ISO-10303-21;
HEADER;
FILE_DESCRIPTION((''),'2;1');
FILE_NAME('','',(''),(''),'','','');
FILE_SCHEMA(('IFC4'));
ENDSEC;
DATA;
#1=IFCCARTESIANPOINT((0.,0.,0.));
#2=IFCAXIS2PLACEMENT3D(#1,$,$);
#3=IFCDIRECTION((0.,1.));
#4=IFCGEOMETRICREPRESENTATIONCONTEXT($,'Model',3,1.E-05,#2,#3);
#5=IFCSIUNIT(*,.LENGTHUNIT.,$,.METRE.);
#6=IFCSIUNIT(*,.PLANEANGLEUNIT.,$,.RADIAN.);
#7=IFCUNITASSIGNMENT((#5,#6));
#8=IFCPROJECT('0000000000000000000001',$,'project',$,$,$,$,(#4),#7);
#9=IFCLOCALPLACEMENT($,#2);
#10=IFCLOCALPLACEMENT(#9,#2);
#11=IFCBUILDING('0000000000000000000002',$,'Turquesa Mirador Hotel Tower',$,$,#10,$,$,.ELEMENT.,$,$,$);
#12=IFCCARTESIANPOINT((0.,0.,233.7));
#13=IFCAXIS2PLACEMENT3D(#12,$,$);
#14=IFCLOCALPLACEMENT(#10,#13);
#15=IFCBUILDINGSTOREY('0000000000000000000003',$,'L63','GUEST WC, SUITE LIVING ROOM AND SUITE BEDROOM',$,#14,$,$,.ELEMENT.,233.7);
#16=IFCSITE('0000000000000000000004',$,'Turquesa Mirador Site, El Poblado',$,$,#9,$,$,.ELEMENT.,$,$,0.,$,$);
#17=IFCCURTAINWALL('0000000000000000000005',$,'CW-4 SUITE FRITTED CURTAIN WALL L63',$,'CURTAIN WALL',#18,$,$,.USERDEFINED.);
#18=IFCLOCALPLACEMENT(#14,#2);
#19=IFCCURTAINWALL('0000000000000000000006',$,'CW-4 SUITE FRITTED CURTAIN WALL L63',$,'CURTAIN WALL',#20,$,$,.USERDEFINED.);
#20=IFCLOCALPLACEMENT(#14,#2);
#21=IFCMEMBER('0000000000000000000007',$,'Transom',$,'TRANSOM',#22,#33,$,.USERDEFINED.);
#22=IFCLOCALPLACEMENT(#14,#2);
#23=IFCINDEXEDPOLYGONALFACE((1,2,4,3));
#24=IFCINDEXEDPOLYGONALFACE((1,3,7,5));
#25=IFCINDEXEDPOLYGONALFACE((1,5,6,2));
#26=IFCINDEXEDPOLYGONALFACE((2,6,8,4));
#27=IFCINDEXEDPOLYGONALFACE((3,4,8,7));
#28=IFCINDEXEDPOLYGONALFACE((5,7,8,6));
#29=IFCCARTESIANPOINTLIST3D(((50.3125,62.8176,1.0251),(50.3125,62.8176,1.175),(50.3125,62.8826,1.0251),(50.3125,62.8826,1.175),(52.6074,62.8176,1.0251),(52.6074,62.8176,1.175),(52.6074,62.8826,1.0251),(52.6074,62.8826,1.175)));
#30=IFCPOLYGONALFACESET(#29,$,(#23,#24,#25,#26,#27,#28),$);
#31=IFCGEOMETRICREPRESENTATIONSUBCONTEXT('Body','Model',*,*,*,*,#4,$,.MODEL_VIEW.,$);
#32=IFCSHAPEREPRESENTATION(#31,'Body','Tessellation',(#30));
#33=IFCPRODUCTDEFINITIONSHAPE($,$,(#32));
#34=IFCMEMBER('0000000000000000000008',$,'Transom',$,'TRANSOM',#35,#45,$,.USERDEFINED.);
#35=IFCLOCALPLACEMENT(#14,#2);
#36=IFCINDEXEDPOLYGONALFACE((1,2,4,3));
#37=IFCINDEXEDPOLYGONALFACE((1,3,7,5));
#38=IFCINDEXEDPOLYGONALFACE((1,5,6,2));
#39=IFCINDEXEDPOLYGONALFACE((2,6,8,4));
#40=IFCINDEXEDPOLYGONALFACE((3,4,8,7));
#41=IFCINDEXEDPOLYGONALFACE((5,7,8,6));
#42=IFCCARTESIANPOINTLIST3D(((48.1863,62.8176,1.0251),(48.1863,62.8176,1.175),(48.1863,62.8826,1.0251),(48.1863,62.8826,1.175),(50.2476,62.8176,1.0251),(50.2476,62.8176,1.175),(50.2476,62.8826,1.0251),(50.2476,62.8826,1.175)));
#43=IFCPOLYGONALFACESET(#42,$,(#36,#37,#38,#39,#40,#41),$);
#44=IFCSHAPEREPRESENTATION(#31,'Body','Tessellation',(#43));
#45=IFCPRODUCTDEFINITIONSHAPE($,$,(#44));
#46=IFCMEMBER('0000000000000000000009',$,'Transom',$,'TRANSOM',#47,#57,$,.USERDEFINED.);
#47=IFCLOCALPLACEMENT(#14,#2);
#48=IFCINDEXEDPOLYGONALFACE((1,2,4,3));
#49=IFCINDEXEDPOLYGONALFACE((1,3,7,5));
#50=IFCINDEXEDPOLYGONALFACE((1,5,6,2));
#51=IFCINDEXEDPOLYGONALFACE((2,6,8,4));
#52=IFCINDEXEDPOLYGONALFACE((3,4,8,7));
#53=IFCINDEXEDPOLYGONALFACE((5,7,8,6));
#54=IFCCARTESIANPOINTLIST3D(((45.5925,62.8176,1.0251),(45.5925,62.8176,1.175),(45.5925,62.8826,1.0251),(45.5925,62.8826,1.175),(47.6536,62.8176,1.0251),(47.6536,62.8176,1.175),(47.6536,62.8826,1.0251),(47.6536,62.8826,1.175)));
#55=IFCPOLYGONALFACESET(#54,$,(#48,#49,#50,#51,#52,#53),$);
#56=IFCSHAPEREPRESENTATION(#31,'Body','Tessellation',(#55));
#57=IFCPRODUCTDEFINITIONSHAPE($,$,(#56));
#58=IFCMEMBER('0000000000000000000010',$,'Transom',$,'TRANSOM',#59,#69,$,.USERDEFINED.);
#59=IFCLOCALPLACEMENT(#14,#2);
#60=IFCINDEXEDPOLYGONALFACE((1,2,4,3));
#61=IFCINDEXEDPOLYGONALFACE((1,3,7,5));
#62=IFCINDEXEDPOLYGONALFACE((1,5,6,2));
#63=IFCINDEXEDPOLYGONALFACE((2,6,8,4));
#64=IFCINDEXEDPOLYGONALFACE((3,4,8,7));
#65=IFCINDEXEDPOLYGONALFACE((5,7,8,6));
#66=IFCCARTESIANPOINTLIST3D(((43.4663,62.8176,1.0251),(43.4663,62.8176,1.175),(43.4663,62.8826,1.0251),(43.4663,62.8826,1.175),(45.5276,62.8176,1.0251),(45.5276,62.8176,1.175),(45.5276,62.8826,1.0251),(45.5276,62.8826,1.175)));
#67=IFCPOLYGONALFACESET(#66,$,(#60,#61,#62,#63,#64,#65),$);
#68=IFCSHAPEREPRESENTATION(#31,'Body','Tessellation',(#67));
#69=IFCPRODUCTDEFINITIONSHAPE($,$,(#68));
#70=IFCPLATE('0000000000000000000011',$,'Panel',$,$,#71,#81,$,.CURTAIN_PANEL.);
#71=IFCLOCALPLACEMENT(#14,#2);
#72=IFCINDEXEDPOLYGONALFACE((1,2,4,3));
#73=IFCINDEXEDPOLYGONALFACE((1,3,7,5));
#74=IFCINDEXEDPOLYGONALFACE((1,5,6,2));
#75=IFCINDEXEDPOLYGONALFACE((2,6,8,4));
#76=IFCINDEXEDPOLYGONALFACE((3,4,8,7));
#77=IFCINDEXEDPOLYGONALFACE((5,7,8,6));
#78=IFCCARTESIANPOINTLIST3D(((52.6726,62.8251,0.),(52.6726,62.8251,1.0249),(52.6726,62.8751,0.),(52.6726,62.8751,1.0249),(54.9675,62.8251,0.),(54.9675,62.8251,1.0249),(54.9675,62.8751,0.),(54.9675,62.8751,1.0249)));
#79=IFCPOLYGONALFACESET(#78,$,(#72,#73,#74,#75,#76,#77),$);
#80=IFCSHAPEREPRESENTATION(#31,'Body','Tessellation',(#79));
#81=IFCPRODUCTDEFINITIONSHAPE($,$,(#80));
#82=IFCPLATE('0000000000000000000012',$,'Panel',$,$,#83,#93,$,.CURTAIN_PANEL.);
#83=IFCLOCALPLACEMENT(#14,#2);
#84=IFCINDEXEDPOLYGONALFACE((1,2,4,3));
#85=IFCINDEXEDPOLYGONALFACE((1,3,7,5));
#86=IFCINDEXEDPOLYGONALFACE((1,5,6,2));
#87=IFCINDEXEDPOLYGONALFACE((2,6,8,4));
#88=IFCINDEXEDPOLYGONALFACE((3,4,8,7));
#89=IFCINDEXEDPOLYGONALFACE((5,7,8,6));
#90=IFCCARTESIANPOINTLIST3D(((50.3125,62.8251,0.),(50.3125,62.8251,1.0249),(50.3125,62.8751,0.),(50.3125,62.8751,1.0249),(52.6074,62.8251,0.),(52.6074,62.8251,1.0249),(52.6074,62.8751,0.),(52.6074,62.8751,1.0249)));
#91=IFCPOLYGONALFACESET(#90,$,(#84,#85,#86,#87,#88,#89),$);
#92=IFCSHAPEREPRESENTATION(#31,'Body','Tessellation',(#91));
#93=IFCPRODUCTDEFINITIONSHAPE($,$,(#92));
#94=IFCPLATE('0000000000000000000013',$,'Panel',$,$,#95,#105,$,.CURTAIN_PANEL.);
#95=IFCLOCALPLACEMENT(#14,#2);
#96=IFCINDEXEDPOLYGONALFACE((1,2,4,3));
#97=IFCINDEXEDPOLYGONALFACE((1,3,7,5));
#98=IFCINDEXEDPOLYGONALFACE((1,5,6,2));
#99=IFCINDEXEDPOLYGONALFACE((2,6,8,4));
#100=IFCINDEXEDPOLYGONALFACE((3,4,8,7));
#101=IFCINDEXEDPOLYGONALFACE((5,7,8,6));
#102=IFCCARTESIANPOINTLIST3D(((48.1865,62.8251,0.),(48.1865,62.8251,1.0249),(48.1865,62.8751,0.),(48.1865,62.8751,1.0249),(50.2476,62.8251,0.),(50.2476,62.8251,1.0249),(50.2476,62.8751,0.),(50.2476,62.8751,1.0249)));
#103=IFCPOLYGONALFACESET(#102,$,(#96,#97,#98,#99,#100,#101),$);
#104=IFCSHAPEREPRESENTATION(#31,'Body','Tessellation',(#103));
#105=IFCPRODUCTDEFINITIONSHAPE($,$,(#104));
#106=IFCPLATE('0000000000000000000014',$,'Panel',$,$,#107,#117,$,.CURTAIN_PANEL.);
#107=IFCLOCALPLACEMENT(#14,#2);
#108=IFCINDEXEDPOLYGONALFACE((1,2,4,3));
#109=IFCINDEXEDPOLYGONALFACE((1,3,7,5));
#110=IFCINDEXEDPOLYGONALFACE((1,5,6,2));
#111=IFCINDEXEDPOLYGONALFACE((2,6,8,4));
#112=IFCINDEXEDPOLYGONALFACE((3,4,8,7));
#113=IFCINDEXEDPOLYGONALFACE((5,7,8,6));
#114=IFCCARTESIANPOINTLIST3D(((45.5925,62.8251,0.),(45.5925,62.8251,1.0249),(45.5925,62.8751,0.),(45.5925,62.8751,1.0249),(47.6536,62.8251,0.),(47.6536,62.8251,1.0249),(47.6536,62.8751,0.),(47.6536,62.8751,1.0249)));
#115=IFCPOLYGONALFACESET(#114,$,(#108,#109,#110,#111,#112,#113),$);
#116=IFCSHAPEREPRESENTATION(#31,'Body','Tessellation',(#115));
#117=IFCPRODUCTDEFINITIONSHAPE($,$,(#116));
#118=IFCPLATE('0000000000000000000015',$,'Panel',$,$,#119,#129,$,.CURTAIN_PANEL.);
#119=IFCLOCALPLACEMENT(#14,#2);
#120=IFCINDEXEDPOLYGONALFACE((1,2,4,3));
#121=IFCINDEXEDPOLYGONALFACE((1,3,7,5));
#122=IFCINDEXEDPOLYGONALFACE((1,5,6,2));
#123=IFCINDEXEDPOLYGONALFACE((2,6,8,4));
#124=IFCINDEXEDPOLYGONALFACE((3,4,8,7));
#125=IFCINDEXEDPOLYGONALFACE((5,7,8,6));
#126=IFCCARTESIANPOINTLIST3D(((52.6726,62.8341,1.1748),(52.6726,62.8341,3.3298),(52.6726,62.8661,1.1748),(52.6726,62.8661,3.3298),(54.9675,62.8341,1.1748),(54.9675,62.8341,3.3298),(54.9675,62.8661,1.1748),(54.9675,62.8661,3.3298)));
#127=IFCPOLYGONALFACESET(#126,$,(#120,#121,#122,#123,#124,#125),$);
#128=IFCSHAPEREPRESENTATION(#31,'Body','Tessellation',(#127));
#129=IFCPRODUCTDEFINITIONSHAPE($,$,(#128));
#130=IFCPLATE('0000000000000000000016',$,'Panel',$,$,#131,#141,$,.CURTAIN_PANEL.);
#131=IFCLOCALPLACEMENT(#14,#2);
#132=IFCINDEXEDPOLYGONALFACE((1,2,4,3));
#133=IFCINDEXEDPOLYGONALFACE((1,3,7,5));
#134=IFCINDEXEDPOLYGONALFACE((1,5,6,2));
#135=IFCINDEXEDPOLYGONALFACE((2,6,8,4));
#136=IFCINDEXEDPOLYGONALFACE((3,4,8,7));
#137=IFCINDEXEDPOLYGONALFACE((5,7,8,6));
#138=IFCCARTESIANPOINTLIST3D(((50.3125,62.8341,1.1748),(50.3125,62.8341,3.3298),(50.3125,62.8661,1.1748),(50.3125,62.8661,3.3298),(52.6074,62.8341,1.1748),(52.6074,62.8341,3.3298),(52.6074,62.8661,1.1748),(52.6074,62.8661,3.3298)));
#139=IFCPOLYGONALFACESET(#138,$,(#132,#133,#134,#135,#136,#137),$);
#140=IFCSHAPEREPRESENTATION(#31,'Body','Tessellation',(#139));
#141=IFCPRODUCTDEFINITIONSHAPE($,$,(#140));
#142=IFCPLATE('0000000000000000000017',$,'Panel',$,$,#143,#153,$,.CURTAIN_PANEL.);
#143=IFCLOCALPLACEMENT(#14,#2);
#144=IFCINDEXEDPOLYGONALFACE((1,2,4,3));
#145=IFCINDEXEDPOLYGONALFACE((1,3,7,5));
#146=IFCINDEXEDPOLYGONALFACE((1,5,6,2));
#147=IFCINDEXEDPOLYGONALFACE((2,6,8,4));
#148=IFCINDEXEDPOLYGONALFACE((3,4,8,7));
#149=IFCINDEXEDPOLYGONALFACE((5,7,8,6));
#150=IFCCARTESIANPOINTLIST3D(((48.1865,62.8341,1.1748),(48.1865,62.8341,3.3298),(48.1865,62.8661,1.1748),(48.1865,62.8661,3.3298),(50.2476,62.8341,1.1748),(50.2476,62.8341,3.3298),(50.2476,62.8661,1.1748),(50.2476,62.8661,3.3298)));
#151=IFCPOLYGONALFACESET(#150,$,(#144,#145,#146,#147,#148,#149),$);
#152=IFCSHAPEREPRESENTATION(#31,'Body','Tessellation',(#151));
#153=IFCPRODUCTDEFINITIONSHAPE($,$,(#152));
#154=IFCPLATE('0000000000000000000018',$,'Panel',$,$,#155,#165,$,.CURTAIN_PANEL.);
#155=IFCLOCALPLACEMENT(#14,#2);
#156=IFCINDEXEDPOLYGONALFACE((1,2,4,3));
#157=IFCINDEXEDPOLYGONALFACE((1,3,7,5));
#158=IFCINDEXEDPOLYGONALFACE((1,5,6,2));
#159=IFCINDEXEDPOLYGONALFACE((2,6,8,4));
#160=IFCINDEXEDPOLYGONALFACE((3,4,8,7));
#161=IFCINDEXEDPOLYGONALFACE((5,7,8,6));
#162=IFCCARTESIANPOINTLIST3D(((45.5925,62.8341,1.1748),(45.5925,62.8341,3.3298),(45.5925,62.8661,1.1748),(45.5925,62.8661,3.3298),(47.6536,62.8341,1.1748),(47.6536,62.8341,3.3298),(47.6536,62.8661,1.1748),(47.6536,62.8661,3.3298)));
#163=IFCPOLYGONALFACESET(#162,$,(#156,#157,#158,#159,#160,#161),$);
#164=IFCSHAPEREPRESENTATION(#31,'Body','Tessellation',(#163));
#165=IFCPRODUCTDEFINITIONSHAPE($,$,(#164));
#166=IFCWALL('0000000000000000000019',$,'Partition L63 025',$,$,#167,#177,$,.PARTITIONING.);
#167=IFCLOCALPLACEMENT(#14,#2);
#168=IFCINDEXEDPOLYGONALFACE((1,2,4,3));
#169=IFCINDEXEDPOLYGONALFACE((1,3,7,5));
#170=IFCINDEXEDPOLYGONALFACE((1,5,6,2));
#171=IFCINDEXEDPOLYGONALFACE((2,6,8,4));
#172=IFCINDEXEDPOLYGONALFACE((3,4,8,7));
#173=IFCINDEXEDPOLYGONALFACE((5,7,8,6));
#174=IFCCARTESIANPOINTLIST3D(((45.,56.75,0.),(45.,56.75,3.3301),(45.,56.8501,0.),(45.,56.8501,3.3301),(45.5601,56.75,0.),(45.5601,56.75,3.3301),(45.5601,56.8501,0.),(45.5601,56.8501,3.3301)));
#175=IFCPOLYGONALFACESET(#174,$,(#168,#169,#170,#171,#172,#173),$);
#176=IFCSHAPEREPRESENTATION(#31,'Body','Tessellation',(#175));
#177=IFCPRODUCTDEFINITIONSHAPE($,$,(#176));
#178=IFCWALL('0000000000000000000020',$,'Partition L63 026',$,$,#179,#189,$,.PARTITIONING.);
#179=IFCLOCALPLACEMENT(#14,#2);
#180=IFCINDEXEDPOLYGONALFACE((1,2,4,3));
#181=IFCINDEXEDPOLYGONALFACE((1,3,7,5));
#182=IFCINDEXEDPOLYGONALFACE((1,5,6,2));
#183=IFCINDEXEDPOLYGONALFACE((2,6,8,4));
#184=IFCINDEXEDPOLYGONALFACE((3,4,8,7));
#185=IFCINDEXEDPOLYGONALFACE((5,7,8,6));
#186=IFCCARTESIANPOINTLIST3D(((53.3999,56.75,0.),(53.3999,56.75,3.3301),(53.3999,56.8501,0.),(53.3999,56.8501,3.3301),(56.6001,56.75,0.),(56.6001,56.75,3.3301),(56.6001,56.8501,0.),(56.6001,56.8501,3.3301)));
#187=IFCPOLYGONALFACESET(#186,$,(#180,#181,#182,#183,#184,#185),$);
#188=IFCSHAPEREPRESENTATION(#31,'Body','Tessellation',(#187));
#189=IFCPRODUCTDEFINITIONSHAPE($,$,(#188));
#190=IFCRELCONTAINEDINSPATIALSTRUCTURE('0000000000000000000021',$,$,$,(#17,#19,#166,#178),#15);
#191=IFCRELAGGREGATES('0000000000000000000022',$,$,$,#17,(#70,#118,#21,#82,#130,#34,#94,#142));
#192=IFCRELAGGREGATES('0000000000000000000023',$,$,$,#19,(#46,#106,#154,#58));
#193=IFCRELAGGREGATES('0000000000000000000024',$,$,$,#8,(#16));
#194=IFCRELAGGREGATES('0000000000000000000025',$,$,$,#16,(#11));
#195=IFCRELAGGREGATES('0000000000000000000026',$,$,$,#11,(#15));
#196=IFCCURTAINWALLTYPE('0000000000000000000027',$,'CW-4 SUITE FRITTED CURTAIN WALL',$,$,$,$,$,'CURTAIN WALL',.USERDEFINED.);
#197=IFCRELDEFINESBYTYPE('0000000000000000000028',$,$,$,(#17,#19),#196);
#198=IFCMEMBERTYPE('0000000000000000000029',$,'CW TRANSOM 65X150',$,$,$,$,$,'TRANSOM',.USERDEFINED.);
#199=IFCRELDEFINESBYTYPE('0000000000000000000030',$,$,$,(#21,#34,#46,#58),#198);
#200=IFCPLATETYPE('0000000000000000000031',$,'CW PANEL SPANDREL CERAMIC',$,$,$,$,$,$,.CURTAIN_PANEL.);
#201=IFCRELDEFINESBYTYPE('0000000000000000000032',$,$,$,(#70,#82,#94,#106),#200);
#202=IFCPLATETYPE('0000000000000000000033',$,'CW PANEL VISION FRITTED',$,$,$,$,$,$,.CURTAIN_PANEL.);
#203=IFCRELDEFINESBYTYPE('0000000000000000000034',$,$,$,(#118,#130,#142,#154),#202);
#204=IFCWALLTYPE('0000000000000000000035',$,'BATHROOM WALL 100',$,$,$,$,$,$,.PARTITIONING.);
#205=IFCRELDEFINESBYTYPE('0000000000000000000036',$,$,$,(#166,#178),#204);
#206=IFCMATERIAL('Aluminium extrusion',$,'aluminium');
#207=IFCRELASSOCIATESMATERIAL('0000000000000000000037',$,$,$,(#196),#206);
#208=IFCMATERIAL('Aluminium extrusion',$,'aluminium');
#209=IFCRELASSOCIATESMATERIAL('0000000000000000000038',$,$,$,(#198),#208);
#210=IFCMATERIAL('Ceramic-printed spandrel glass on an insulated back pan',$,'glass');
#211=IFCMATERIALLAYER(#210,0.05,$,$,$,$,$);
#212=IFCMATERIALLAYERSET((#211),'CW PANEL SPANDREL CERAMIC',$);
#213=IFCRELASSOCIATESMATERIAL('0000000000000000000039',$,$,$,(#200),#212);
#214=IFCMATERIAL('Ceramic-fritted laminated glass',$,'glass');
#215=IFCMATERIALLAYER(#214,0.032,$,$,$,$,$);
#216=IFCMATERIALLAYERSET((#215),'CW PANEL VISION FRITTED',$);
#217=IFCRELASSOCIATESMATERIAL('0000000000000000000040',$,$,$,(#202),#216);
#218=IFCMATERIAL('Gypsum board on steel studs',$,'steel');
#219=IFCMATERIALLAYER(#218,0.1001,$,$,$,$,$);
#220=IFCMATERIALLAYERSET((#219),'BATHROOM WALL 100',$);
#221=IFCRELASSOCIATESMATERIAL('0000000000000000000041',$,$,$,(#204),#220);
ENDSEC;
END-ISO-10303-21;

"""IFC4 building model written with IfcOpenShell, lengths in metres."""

from ifc_helpers import new_model, si_unit, direction, frame, frame_2d, origin, origin_2d, place, context, subcontext, project, spatial, rectangle, extrude, material, layer, layer_set, material_profile, profile_set, type_object, element, aggregate, save


model = new_model("IFC4")

# Units and contexts
model_context = context("Model", 3, precision=1e-05, world=origin(), true_north=direction((0.0, 1.0)))
body_context = subcontext(model_context, "Body", "Model", "MODEL_VIEW")
ifc_project = project(units=[si_unit("LENGTHUNIT", "METRE"), si_unit("PLANEANGLEUNIT", "RADIAN")], contexts=[model_context])

# Site, building, storey
site_placement = place(None, origin())
site = spatial("IfcSite", under=ifc_project, at=site_placement, Name="Turquesa Mirador Site, El Poblado", CompositionType="ELEMENT", RefElevation=0.0)
building_placement = place(site_placement, origin())
building = spatial("IfcBuilding", under=site, at=building_placement, Name="Turquesa Mirador Hotel Tower", CompositionType="ELEMENT")
storey_placement = place(building_placement, frame((0.0, 0.0, 233.7)))
storey = spatial("IfcBuildingStorey", under=building, at=storey_placement, Name="L63", Description="GUEST WC, SUITE LIVING ROOM AND SUITE BEDROOM", CompositionType="ELEMENT", Elevation=233.7)

# Curtain walls
ifc_material_1 = material(Name="Aluminium extrusion", Category="aluminium")
curtain_wall_type = type_object("IfcCurtainWallType", Name="CW-4 SUITE FRITTED CURTAIN WALL", ElementType="CURTAIN WALL", PredefinedType="USERDEFINED", material=ifc_material_1)
curtain_wall_1_placement = place(storey_placement, origin())
curtain_wall_1 = element("IfcCurtainWall", 1, at=curtain_wall_1_placement, inside=storey, type_object=curtain_wall_type, Name="CW-4 SUITE FRITTED CURTAIN WALL L63", ObjectType="CURTAIN WALL", PredefinedType="USERDEFINED")
curtain_wall_2_placement = place(storey_placement, origin())
curtain_wall_2 = element("IfcCurtainWall", 2, at=curtain_wall_2_placement, inside=storey, type_object=curtain_wall_type, Name="CW-4 SUITE FRITTED CURTAIN WALL L63", ObjectType="CURTAIN WALL", PredefinedType="USERDEFINED")

# Members
ifc_material_2 = material(Name="Aluminium extrusion", Category="aluminium")
ifc_material_profile_1 = material_profile(ifc_material_2, rectangle(XDim=0.0649, YDim=0.1499, at=origin_2d()), Name="TRANSOM 65X150")
ifc_profile_set_1 = profile_set([ifc_material_profile_1], Name="Aluminium extrusion")
member_type_1 = type_object("IfcMemberType", Name="CW TRANSOM 65X150", ElementType="TRANSOM", PredefinedType="USERDEFINED", material=ifc_profile_set_1)
member_1_placement = place(storey_placement, frame((52.6074, 62.8501, 1.1001), z_axis=(-1.0, 0.0, 0.0), x_axis=(0.0, -1.0, 0.0)))
member_1 = element("IfcMember", 3, at=member_1_placement, type_object=member_type_1, Name="Transom", ObjectType="TRANSOM", PredefinedType="USERDEFINED", context=body_context, shape_type="SweptSolid", body=[
    extrude(rectangle(XDim=0.0649, YDim=0.1499, at=origin_2d()), origin(), (0.0, 0.0, 1.0), 2.2949),
])
member_2_placement = place(storey_placement, frame((50.2476, 62.8501, 1.1001), z_axis=(-1.0, 0.0, 0.0), x_axis=(0.0, -1.0, 0.0)))
member_2 = element("IfcMember", 4, at=member_2_placement, type_object=member_type_1, Name="Transom", ObjectType="TRANSOM", PredefinedType="USERDEFINED", context=body_context, shape_type="SweptSolid", body=[
    extrude(rectangle(XDim=0.0649, YDim=0.1499, at=origin_2d()), origin(), (0.0, 0.0, 1.0), 2.0613),
])
member_3_placement = place(storey_placement, frame((47.6536, 62.8501, 1.1001), z_axis=(-1.0, 0.0, 0.0), x_axis=(0.0, -1.0, 0.0)))
member_3 = element("IfcMember", 5, at=member_3_placement, type_object=member_type_1, Name="Transom", ObjectType="TRANSOM", PredefinedType="USERDEFINED", context=body_context, shape_type="SweptSolid", body=[
    extrude(rectangle(XDim=0.0649, YDim=0.1499, at=origin_2d()), origin(), (0.0, 0.0, 1.0), 2.061),
])
member_4_placement = place(storey_placement, frame((45.5276, 62.8501, 1.1001), z_axis=(-1.0, 0.0, 0.0), x_axis=(0.0, -1.0, 0.0)))
member_4 = element("IfcMember", 6, at=member_4_placement, type_object=member_type_1, Name="Transom", ObjectType="TRANSOM", PredefinedType="USERDEFINED", context=body_context, shape_type="SweptSolid", body=[
    extrude(rectangle(XDim=0.0649, YDim=0.1499, at=origin_2d()), origin(), (0.0, 0.0, 1.0), 2.0613),
])

# Plates
ifc_material_3 = material(Name="Ceramic-printed spandrel glass on an insulated back pan", Category="glass")
ifc_layer_1 = layer(ifc_material_3, 0.05)
ifc_layer_set_1 = layer_set([ifc_layer_1], Name="CW PANEL SPANDREL CERAMIC")
plate_type_1 = type_object("IfcPlateType", Name="CW PANEL SPANDREL CERAMIC", PredefinedType="CURTAIN_PANEL", material=ifc_layer_set_1)
plate_1_placement = place(storey_placement, frame((53.8201, 62.8501, 0.0), z_axis=(0.0, 0.0, 1.0), x_axis=(-1.0, 0.0, 0.0)))
plate_1 = element("IfcPlate", 7, at=plate_1_placement, type_object=plate_type_1, Name="Panel", PredefinedType="CURTAIN_PANEL", context=body_context, shape_type="SweptSolid", body=[
    extrude(rectangle(XDim=2.2949, YDim=0.05, at=origin_2d()), origin(), (0.0, 0.0, 1.0), 1.0249),
])
plate_2_placement = place(storey_placement, frame((51.46, 62.8501, 0.0), z_axis=(0.0, 0.0, 1.0), x_axis=(-1.0, 0.0, 0.0)))
plate_2 = element("IfcPlate", 8, at=plate_2_placement, type_object=plate_type_1, Name="Panel", PredefinedType="CURTAIN_PANEL", context=body_context, shape_type="SweptSolid", body=[
    extrude(rectangle(XDim=2.2949, YDim=0.05, at=origin_2d()), origin(), (0.0, 0.0, 1.0), 1.0249),
])
plate_3_placement = place(storey_placement, frame((49.217, 62.8501, 0.0), z_axis=(0.0, 0.0, 1.0), x_axis=(-1.0, 0.0, 0.0)))
plate_3 = element("IfcPlate", 9, at=plate_3_placement, type_object=plate_type_1, Name="Panel", PredefinedType="CURTAIN_PANEL", context=body_context, shape_type="SweptSolid", body=[
    extrude(rectangle(XDim=2.061, YDim=0.05, at=origin_2d()), origin(), (0.0, 0.0, 1.0), 1.0249),
])
plate_4_placement = place(storey_placement, frame((46.623, 62.8501, 0.0), z_axis=(0.0, 0.0, 1.0), x_axis=(-1.0, 0.0, 0.0)))
plate_4 = element("IfcPlate", 10, at=plate_4_placement, type_object=plate_type_1, Name="Panel", PredefinedType="CURTAIN_PANEL", context=body_context, shape_type="SweptSolid", body=[
    extrude(rectangle(XDim=2.061, YDim=0.05, at=origin_2d()), origin(), (0.0, 0.0, 1.0), 1.0249),
])
ifc_material_4 = material(Name="Ceramic-fritted laminated glass", Category="glass")
ifc_layer_2 = layer(ifc_material_4, 0.032)
ifc_layer_set_2 = layer_set([ifc_layer_2], Name="CW PANEL VISION FRITTED")
plate_type_2 = type_object("IfcPlateType", Name="CW PANEL VISION FRITTED", PredefinedType="CURTAIN_PANEL", material=ifc_layer_set_2)
plate_5_placement = place(storey_placement, frame((53.8201, 62.8501, 1.1748), z_axis=(0.0, 0.0, 1.0), x_axis=(-1.0, 0.0, 0.0)))
plate_5 = element("IfcPlate", 11, at=plate_5_placement, type_object=plate_type_2, Name="Panel", PredefinedType="CURTAIN_PANEL", context=body_context, shape_type="SweptSolid", body=[
    extrude(rectangle(XDim=2.2949, YDim=0.032, at=origin_2d()), origin(), (0.0, 0.0, 1.0), 2.155),
])
plate_6_placement = place(storey_placement, frame((51.46, 62.8501, 1.1748), z_axis=(0.0, 0.0, 1.0), x_axis=(-1.0, 0.0, 0.0)))
plate_6 = element("IfcPlate", 12, at=plate_6_placement, type_object=plate_type_2, Name="Panel", PredefinedType="CURTAIN_PANEL", context=body_context, shape_type="SweptSolid", body=[
    extrude(rectangle(XDim=2.2949, YDim=0.032, at=origin_2d()), origin(), (0.0, 0.0, 1.0), 2.155),
])
plate_7_placement = place(storey_placement, frame((49.217, 62.8501, 1.1748), z_axis=(0.0, 0.0, 1.0), x_axis=(-1.0, 0.0, 0.0)))
plate_7 = element("IfcPlate", 13, at=plate_7_placement, type_object=plate_type_2, Name="Panel", PredefinedType="CURTAIN_PANEL", context=body_context, shape_type="SweptSolid", body=[
    extrude(rectangle(XDim=2.061, YDim=0.032, at=origin_2d()), origin(), (0.0, 0.0, 1.0), 2.155),
])
aggregate(curtain_wall_1, [plate_1, plate_5, member_1, plate_2, plate_6, member_2, plate_3, plate_7])
plate_8_placement = place(storey_placement, frame((46.623, 62.8501, 1.1748), z_axis=(0.0, 0.0, 1.0), x_axis=(-1.0, 0.0, 0.0)))
plate_8 = element("IfcPlate", 14, at=plate_8_placement, type_object=plate_type_2, Name="Panel", PredefinedType="CURTAIN_PANEL", context=body_context, shape_type="SweptSolid", body=[
    extrude(rectangle(XDim=2.061, YDim=0.032, at=origin_2d()), origin(), (0.0, 0.0, 1.0), 2.155),
])
aggregate(curtain_wall_2, [member_3, plate_4, plate_8, member_4])

# Walls
ifc_material_5 = material(Name="Gypsum board on steel studs", Category="steel")
ifc_layer_3 = layer(ifc_material_5, 0.1001)
ifc_layer_set_3 = layer_set([ifc_layer_3], Name="BATHROOM WALL 100")
wall_type_1 = type_object("IfcWallType", Name="BATHROOM WALL 100", PredefinedType="PARTITIONING", material=ifc_layer_set_3)
wall_1_placement = place(storey_placement, frame((45.0, 56.8, 0.0), z_axis=(0.0, 0.0, 1.0), x_axis=(1.0, 0.0, 0.0)))
element("IfcWall", 15, at=wall_1_placement, inside=storey, type_object=wall_type_1, Name="Partition L63 025", PredefinedType="PARTITIONING", context=body_context, shape_type="SweptSolid", body=[
    extrude(rectangle(XDim=0.5601, YDim=0.1001, at=frame_2d((0.28, 0.0))), origin(), (0.0, 0.0, 1.0), 3.3301),
])
for number, where, z_axis, x_axis, name in (
    (16, (53.3999, 56.8, 0.0), (0.0, 0.0, 1.0), (1.0, 0.0, 0.0), "Partition L63 026"),
):
    element("IfcWall", number, at=place(storey_placement, frame(where, z_axis=z_axis, x_axis=x_axis)), inside=storey, type_object=wall_type_1, Name=name, PredefinedType="PARTITIONING", context=body_context, shape_type="SweptSolid", body=[
        extrude(rectangle(XDim=3.2002, YDim=0.1001, at=frame_2d((1.6001, 0.0))), origin(), (0.0, 0.0, 1.0), 3.3301),
    ])

save(model, "model.ifc")
